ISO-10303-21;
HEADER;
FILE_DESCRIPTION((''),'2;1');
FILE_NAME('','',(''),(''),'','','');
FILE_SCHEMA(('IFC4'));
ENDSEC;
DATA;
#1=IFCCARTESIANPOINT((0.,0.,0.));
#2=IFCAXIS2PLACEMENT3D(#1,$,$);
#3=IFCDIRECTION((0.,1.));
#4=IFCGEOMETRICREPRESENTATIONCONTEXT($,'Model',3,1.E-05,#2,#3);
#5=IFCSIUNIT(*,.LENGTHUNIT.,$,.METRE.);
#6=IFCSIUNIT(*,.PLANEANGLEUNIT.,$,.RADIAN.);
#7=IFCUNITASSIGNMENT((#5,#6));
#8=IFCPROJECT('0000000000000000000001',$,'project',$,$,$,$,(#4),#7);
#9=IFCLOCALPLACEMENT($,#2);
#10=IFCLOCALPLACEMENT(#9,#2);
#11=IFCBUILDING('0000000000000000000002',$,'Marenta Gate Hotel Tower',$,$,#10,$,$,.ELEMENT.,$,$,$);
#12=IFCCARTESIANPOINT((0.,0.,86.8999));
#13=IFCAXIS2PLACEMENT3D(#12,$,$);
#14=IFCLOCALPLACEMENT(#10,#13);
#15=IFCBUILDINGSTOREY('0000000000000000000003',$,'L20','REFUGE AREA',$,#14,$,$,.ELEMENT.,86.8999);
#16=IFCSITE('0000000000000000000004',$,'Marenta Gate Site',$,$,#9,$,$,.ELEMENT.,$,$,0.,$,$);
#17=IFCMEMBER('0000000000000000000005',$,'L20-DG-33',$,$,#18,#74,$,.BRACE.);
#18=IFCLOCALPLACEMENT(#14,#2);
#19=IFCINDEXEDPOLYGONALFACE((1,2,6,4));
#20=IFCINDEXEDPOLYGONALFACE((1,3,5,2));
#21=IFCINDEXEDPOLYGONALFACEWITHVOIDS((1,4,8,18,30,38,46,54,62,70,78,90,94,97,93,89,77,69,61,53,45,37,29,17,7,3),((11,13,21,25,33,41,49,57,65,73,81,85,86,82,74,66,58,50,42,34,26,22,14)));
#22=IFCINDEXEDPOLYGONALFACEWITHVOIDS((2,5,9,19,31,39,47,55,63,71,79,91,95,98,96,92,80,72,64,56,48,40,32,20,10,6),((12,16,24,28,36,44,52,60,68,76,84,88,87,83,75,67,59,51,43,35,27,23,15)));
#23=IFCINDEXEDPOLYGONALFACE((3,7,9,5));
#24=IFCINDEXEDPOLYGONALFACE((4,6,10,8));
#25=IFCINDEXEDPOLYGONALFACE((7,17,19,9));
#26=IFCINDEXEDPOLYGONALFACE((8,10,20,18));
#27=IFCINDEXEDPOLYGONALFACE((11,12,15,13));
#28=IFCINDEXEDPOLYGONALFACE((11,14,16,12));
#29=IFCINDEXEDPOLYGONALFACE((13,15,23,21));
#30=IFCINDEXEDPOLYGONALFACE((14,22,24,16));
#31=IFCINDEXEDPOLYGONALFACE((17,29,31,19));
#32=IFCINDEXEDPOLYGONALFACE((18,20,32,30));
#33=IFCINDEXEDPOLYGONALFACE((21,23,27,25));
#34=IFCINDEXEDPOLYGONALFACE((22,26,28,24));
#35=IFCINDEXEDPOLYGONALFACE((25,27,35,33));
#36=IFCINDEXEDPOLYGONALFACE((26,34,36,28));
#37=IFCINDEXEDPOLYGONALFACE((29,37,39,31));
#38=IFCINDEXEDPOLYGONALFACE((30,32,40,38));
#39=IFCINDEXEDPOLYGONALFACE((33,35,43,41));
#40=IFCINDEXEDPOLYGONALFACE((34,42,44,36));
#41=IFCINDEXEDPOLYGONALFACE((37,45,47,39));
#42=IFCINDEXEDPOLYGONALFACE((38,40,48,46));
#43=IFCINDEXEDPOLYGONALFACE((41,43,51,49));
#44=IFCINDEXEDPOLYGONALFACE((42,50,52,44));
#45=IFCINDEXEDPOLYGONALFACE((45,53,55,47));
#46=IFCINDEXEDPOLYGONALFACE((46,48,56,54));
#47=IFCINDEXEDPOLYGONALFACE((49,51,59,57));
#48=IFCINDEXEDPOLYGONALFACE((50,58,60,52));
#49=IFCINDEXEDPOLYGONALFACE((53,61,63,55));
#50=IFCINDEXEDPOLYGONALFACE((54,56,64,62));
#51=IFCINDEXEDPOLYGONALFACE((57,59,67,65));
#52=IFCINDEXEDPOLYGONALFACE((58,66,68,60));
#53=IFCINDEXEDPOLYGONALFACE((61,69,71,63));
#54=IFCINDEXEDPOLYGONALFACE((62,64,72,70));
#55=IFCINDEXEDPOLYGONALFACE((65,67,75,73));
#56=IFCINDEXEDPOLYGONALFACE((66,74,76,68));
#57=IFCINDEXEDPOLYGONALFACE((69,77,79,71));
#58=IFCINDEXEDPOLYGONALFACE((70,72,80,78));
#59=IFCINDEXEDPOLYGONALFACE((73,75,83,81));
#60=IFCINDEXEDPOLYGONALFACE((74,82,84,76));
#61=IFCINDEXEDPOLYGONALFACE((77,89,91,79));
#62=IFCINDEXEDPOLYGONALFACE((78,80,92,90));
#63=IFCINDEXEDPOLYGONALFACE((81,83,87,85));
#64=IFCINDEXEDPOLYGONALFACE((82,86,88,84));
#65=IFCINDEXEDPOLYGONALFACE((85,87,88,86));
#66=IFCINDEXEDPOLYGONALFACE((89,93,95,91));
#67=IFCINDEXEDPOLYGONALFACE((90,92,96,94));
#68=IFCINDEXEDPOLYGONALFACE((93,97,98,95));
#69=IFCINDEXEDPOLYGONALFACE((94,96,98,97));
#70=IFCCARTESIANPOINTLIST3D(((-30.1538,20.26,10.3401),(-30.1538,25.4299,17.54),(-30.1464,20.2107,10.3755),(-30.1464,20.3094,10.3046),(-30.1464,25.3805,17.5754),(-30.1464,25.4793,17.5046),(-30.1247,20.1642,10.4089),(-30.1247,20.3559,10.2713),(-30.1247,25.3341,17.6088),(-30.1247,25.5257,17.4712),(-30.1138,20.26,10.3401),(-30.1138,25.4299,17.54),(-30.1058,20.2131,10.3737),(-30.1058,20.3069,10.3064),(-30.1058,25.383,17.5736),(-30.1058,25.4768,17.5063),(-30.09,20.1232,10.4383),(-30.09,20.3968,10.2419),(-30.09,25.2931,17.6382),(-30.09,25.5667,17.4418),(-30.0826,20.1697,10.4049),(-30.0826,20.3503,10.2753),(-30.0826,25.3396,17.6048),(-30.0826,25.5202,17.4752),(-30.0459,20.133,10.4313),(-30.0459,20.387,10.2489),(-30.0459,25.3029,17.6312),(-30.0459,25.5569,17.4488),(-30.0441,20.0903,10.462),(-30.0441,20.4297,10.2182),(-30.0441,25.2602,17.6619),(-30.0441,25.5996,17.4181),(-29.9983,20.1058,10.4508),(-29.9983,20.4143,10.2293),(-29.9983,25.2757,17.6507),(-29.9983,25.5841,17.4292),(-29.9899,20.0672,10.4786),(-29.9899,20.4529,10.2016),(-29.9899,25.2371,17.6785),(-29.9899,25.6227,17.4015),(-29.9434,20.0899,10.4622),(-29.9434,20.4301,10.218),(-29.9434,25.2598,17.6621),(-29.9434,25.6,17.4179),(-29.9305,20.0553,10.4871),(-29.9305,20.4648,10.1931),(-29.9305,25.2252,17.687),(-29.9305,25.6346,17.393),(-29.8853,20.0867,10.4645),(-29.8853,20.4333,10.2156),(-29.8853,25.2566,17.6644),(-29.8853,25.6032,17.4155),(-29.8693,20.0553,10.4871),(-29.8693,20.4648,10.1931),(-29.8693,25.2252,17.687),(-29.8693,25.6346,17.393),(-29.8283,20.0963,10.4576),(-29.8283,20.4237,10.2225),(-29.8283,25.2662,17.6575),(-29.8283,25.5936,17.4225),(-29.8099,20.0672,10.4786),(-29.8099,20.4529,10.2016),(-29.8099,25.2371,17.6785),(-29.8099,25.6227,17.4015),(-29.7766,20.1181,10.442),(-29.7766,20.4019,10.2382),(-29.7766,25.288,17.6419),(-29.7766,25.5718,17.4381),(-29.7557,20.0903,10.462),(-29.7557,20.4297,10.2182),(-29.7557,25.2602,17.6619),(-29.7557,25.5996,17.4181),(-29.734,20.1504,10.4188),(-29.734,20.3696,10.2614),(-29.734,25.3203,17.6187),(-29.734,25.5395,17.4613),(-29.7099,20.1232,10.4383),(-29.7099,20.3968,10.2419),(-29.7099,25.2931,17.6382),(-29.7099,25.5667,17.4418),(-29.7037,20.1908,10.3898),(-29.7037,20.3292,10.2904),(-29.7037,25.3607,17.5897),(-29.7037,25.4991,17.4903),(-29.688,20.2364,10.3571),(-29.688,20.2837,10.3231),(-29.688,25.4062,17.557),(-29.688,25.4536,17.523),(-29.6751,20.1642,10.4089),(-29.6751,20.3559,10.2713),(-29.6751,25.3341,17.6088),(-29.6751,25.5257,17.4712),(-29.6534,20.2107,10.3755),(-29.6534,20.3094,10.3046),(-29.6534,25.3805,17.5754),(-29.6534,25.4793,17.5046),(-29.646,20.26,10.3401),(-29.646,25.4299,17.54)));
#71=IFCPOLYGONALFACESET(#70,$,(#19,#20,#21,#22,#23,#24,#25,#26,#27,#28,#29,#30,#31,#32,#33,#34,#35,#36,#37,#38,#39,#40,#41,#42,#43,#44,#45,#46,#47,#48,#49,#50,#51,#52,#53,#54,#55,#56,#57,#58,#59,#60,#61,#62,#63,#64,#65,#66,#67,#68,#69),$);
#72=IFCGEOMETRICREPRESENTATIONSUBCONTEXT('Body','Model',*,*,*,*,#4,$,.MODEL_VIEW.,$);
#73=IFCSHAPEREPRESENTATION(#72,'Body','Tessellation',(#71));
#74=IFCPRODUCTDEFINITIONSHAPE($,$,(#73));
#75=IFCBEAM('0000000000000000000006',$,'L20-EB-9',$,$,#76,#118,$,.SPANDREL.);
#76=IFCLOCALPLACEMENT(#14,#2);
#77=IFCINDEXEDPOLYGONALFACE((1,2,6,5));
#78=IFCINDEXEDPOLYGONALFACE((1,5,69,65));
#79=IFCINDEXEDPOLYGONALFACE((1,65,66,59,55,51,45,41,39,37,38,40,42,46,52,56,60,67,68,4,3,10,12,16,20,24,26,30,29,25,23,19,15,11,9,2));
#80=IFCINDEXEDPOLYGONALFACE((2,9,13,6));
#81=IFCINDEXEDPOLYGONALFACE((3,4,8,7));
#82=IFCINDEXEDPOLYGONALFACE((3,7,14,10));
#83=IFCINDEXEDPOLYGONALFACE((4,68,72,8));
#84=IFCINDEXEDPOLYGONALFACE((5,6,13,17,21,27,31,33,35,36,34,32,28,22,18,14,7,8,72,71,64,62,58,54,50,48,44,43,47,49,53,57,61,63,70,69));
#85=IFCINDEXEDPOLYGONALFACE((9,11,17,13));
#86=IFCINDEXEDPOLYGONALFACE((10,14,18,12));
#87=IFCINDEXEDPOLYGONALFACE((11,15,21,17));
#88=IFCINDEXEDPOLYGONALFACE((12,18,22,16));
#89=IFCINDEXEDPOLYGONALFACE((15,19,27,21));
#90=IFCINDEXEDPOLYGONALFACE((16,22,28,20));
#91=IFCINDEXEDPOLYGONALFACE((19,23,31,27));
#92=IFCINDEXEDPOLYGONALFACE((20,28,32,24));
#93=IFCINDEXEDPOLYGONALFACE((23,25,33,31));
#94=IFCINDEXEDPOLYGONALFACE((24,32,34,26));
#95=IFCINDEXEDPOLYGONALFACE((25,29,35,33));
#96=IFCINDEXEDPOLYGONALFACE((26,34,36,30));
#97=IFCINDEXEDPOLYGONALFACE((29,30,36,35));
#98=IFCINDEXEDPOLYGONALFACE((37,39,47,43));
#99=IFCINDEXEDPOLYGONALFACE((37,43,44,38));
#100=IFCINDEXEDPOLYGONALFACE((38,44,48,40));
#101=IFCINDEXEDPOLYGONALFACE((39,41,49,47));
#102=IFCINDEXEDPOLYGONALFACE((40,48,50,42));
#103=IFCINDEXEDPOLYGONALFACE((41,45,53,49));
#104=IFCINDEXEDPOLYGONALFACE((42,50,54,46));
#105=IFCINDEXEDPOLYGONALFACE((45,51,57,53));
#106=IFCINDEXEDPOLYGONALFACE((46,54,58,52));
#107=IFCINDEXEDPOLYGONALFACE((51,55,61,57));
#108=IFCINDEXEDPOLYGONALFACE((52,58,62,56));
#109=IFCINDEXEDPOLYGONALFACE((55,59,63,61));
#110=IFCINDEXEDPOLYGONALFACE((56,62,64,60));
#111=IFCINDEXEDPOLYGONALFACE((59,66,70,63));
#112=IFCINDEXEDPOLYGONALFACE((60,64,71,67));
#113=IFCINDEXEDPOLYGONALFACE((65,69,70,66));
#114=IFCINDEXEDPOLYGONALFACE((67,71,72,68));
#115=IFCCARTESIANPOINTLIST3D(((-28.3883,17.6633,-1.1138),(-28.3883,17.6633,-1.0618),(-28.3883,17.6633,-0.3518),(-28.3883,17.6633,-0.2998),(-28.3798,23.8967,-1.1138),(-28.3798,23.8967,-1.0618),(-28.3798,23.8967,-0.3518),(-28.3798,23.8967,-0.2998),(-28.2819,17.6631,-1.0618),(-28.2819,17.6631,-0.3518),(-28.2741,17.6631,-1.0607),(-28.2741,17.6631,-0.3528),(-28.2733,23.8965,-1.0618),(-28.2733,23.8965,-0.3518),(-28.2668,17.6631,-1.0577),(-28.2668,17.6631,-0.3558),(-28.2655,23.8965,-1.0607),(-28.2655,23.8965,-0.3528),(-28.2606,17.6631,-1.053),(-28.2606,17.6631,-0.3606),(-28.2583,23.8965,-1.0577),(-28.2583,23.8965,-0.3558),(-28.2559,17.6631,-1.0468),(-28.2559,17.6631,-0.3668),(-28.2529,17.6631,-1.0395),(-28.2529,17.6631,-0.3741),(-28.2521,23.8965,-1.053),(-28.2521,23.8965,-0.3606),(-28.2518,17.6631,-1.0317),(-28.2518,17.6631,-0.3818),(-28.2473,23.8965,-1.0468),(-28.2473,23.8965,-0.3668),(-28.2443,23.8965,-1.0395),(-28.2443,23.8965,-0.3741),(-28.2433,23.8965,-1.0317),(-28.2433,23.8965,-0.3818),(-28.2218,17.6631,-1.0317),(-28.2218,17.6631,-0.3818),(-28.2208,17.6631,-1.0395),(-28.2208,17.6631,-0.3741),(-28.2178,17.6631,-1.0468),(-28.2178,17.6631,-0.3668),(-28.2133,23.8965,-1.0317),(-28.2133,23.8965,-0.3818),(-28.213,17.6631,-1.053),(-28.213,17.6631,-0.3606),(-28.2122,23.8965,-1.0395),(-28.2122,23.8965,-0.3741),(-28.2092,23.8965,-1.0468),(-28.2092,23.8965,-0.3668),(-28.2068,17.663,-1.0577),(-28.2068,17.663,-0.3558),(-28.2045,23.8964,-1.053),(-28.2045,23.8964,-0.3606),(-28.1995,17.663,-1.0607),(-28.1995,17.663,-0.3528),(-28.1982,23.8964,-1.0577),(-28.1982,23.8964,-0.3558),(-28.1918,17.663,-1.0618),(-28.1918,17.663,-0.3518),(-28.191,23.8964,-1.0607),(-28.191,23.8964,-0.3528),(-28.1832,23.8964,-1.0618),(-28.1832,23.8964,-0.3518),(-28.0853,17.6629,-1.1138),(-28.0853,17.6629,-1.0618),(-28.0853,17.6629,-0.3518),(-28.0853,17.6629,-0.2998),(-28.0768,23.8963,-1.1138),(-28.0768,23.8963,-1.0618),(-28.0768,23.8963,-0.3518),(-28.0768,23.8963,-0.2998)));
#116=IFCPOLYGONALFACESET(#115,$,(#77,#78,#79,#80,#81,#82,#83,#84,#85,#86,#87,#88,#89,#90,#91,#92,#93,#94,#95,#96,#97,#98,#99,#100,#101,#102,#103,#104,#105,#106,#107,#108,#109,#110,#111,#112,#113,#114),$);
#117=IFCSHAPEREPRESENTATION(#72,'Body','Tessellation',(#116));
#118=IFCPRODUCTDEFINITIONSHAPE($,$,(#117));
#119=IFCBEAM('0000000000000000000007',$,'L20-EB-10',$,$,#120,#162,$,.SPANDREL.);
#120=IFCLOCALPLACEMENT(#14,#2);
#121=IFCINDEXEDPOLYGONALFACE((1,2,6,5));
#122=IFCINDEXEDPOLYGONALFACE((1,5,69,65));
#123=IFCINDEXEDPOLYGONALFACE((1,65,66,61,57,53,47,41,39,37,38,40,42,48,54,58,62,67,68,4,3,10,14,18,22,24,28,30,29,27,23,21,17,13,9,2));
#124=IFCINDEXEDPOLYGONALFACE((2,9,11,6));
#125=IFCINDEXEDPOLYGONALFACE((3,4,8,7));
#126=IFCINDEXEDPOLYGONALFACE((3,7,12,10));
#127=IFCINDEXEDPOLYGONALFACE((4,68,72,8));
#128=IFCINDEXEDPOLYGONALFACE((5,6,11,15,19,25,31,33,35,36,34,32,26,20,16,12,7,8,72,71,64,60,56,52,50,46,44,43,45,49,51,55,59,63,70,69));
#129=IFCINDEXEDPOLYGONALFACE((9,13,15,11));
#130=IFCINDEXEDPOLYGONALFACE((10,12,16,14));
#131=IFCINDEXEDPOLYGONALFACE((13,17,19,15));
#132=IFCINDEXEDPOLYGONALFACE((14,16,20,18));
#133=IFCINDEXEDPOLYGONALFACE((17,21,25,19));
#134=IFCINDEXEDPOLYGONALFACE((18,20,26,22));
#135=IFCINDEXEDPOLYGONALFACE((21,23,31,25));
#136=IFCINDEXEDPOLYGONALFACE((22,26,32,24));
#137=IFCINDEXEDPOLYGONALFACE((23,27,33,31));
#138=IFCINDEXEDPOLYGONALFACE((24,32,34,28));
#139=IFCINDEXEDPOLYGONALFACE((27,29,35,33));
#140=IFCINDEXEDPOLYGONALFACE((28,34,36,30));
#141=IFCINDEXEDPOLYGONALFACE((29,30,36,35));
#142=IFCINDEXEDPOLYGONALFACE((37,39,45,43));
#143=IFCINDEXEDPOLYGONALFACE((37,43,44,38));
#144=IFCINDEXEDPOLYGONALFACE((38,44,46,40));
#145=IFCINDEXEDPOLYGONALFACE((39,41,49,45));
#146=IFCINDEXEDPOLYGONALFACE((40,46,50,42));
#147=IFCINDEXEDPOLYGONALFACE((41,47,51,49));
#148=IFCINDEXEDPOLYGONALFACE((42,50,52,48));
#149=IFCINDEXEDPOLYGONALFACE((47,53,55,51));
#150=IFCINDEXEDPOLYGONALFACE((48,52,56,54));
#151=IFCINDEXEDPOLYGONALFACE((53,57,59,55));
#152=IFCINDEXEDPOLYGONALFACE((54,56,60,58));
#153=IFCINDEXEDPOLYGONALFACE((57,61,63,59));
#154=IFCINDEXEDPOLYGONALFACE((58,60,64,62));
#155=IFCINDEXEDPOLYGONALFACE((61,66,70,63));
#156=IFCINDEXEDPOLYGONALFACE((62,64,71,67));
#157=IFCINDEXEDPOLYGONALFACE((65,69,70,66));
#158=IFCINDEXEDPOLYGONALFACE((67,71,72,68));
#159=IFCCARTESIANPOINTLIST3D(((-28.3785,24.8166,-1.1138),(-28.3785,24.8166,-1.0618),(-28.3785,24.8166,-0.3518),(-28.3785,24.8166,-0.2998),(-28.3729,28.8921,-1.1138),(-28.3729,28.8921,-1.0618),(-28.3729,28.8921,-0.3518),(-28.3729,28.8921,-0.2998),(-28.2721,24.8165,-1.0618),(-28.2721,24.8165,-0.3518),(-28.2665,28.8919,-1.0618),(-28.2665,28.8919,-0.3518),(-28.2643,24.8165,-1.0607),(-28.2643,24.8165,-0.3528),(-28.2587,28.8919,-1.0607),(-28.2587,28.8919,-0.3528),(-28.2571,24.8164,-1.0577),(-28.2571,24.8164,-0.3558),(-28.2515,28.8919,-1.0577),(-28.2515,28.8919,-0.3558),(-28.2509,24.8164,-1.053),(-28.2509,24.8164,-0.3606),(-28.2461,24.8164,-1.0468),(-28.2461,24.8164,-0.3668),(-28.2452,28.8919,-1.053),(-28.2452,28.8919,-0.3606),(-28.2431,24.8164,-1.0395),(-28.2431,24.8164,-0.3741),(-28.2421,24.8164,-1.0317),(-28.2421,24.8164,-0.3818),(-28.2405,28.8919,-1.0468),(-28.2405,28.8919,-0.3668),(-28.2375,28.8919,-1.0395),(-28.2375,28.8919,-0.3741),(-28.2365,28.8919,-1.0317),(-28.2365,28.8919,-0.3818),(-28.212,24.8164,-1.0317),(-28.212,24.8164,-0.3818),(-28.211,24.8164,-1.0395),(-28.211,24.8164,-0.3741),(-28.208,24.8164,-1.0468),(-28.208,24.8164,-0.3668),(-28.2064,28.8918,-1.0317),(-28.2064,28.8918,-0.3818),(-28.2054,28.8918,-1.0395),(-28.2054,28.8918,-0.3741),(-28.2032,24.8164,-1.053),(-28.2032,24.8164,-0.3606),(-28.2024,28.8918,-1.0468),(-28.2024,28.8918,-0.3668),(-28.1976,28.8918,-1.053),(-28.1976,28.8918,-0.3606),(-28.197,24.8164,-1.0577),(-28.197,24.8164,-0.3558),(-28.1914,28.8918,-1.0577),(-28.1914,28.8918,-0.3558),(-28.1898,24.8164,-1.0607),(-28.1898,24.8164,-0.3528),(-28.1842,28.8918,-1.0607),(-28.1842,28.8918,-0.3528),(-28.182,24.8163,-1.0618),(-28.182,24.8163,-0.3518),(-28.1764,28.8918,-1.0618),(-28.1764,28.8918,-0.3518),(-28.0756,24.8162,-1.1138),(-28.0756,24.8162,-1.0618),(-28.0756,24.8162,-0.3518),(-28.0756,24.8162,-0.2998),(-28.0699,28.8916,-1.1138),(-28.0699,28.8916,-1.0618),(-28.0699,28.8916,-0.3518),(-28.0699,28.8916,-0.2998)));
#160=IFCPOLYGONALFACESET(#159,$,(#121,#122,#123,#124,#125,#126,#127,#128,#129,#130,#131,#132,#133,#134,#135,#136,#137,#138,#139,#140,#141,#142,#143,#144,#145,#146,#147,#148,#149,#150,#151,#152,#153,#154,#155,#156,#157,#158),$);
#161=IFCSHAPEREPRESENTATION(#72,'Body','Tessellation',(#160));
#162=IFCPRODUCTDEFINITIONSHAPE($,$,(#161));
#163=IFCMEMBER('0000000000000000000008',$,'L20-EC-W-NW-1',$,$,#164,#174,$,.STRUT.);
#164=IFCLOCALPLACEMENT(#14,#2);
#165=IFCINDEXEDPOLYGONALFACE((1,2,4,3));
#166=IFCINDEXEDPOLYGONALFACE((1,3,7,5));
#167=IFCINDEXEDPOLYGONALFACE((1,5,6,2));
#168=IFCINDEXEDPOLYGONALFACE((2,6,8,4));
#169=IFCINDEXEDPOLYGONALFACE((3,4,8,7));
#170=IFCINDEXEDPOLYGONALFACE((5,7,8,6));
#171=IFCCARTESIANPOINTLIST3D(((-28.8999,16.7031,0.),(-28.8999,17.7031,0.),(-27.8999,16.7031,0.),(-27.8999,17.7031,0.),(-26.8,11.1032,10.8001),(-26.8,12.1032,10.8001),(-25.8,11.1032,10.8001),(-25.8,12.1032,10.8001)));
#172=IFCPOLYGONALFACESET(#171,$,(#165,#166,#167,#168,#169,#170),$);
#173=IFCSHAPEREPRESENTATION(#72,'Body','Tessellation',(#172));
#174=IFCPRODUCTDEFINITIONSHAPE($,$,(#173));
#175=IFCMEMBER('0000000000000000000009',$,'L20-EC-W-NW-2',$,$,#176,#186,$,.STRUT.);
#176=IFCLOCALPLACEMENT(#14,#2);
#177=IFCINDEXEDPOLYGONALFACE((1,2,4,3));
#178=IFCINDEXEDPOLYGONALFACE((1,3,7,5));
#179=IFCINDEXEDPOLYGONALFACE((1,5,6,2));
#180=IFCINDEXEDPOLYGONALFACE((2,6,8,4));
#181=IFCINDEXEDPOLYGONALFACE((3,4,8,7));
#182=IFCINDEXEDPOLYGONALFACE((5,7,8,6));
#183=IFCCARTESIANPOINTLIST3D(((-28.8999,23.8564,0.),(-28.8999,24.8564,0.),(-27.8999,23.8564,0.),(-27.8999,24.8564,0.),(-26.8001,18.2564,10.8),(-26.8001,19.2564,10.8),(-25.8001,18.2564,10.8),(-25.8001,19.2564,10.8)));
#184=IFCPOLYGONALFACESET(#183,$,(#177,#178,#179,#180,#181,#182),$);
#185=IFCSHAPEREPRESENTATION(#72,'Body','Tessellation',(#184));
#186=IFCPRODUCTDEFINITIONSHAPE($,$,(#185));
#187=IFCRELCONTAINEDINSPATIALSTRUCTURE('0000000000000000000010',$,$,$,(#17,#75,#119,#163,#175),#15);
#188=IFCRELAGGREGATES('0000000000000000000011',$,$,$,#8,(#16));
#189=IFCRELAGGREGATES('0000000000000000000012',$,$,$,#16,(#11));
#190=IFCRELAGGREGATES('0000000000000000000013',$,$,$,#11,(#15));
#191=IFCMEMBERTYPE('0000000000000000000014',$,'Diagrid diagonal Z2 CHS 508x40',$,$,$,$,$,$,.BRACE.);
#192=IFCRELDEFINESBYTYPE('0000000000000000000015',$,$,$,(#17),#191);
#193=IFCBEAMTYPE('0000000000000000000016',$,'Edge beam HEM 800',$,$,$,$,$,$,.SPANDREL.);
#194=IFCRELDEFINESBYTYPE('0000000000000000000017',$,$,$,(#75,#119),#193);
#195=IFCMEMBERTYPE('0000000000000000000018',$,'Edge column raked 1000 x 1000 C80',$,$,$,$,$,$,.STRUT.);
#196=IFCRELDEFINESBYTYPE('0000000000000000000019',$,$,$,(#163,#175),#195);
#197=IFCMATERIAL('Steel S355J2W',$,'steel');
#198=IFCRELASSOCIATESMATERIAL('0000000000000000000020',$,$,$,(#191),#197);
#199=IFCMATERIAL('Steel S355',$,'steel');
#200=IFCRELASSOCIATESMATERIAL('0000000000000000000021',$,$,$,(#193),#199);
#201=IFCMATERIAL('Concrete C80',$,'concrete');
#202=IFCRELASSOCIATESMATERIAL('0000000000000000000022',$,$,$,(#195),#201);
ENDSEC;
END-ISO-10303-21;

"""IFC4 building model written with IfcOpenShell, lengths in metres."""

from ifc_helpers import new_model, si_unit, direction, frame, origin, origin_2d, place, context, subcontext, project, spatial, rectangle, hollow_circle, i_section, extrude, material, material_profile, profile_set, type_object, element, save


model = new_model("IFC4")

# Units and contexts
model_context = context("Model", 3, precision=1e-05, world=origin(), true_north=direction((0.0, 1.0)))
body_context = subcontext(model_context, "Body", "Model", "MODEL_VIEW")
ifc_project = project(units=[si_unit("LENGTHUNIT", "METRE"), si_unit("PLANEANGLEUNIT", "RADIAN")], contexts=[model_context])

# Site, building, storey
site_placement = place(None, origin())
site = spatial("IfcSite", under=ifc_project, at=site_placement, Name="Marenta Gate Site", CompositionType="ELEMENT", RefElevation=0.0)
building_placement = place(site_placement, origin())
building = spatial("IfcBuilding", under=site, at=building_placement, Name="Marenta Gate Hotel Tower", CompositionType="ELEMENT")
storey_placement = place(building_placement, frame((0.0, 0.0, 86.8999)))
storey = spatial("IfcBuildingStorey", under=building, at=storey_placement, Name="L20", Description="REFUGE AREA", CompositionType="ELEMENT", Elevation=86.8999)

# Member
ifc_material_1 = material(Name="Steel S355J2W", Category="steel")
ifc_material_profile_1 = material_profile(ifc_material_1, hollow_circle(Radius=0.2539, WallThickness=0.04, at=origin_2d()), Name="CHS 508x40")
ifc_profile_set_1 = profile_set([ifc_material_profile_1], Name="Steel S355J2W")
member_type_1 = type_object("IfcMemberType", Name="Diagrid diagonal Z2 CHS 508x40", PredefinedType="BRACE", material=ifc_profile_set_1)
for number, where, z_axis, x_axis, name in (
    (1, (-29.8999, 20.26, 10.3401), (0.0, 0.583261, 0.812285), (-1.0, 0.0, 0.0), "L20-DG-33"),
):
    element("IfcMember", number, at=place(storey_placement, frame(where, z_axis=z_axis, x_axis=x_axis)), inside=storey, type_object=member_type_1, Name=name, PredefinedType="BRACE", context=body_context, shape_type="SweptSolid", body=[
        extrude(hollow_circle(Radius=0.2539, WallThickness=0.04, at=origin_2d()), origin(), (0.0, 0.0, 1.0), 8.8638),
    ])

# Beams
ifc_material_2 = material(Name="Steel S355", Category="steel")
ifc_material_profile_2 = material_profile(ifc_material_2, i_section(OverallWidth=0.303, OverallDepth=0.814, WebThickness=0.03, FlangeThickness=0.052, FilletRadius=0.03, at=origin_2d()), Name="HEM 800")
ifc_profile_set_2 = profile_set([ifc_material_profile_2], Name="Steel S355")
beam_type_1 = type_object("IfcBeamType", Name="Edge beam HEM 800", PredefinedType="SPANDREL", material=ifc_profile_set_2)
beam_1_placement = place(storey_placement, frame((-28.2368, 17.6631, -0.7068), z_axis=(0.001371, 0.999999, 0.0), x_axis=(-0.999999, 0.001371, 0.0)))
element("IfcBeam", 2, at=beam_1_placement, inside=storey, type_object=beam_type_1, Name="L20-EB-9", PredefinedType="SPANDREL", context=body_context, shape_type="SweptSolid", body=[
    extrude(i_section(OverallWidth=0.303, OverallDepth=0.814, WebThickness=0.03, FlangeThickness=0.052, FilletRadius=0.03, at=origin_2d()), origin(), (0.0, 0.0, 1.0), 6.2334),
])
beam_2_placement = place(storey_placement, frame((-28.2271, 24.8164, -0.7068), z_axis=(0.001378, 0.999999, 0.0), x_axis=(-0.999999, 0.001378, 0.0)))
element("IfcBeam", 3, at=beam_2_placement, inside=storey, type_object=beam_type_1, Name="L20-EB-10", PredefinedType="SPANDREL", context=body_context, shape_type="SweptSolid", body=[
    extrude(i_section(OverallWidth=0.303, OverallDepth=0.814, WebThickness=0.03, FlangeThickness=0.052, FilletRadius=0.03, at=origin_2d()), origin(), (0.0, 0.0, 1.0), 4.0754),
])

# Members
ifc_material_3 = material(Name="Concrete C80", Category="concrete")
ifc_material_profile_3 = material_profile(ifc_material_3, rectangle(XDim=1.0, YDim=1.0, at=origin_2d()), Name="1000 x 1000")
ifc_profile_set_3 = profile_set([ifc_material_profile_3], Name="Concrete C80")
member_type_2 = type_object("IfcMemberType", Name="Edge column raked 1000 x 1000 C80", PredefinedType="STRUT", material=ifc_profile_set_3)
member_1_placement = place(storey_placement, frame((-28.3999, 17.2031, 0.0), z_axis=(0.0, 0.0, 1.0), x_axis=(1.0, 0.0, 0.0)))
element("IfcMember", 4, at=member_1_placement, inside=storey, type_object=member_type_2, Name="L20-EC-W-NW-1", PredefinedType="STRUT", context=body_context, shape_type="SweptSolid", body=[
    extrude(rectangle(XDim=1.0, YDim=1.0, at=origin_2d()), origin(), (0.170092, -0.453599, 0.874824), 12.3455),
])
member_2_placement = place(storey_placement, frame((-28.3999, 24.3564, 0.0), z_axis=(0.0, 0.0, 1.0), x_axis=(1.0, 0.0, 0.0)))
element("IfcMember", 5, at=member_2_placement, inside=storey, type_object=member_type_2, Name="L20-EC-W-NW-2", PredefinedType="STRUT", context=body_context, shape_type="SweptSolid", body=[
    extrude(rectangle(XDim=1.0, YDim=1.0, at=origin_2d()), origin(), (0.170091, -0.453614, 0.874816), 12.3455),
])

save(model, "model.ifc")
